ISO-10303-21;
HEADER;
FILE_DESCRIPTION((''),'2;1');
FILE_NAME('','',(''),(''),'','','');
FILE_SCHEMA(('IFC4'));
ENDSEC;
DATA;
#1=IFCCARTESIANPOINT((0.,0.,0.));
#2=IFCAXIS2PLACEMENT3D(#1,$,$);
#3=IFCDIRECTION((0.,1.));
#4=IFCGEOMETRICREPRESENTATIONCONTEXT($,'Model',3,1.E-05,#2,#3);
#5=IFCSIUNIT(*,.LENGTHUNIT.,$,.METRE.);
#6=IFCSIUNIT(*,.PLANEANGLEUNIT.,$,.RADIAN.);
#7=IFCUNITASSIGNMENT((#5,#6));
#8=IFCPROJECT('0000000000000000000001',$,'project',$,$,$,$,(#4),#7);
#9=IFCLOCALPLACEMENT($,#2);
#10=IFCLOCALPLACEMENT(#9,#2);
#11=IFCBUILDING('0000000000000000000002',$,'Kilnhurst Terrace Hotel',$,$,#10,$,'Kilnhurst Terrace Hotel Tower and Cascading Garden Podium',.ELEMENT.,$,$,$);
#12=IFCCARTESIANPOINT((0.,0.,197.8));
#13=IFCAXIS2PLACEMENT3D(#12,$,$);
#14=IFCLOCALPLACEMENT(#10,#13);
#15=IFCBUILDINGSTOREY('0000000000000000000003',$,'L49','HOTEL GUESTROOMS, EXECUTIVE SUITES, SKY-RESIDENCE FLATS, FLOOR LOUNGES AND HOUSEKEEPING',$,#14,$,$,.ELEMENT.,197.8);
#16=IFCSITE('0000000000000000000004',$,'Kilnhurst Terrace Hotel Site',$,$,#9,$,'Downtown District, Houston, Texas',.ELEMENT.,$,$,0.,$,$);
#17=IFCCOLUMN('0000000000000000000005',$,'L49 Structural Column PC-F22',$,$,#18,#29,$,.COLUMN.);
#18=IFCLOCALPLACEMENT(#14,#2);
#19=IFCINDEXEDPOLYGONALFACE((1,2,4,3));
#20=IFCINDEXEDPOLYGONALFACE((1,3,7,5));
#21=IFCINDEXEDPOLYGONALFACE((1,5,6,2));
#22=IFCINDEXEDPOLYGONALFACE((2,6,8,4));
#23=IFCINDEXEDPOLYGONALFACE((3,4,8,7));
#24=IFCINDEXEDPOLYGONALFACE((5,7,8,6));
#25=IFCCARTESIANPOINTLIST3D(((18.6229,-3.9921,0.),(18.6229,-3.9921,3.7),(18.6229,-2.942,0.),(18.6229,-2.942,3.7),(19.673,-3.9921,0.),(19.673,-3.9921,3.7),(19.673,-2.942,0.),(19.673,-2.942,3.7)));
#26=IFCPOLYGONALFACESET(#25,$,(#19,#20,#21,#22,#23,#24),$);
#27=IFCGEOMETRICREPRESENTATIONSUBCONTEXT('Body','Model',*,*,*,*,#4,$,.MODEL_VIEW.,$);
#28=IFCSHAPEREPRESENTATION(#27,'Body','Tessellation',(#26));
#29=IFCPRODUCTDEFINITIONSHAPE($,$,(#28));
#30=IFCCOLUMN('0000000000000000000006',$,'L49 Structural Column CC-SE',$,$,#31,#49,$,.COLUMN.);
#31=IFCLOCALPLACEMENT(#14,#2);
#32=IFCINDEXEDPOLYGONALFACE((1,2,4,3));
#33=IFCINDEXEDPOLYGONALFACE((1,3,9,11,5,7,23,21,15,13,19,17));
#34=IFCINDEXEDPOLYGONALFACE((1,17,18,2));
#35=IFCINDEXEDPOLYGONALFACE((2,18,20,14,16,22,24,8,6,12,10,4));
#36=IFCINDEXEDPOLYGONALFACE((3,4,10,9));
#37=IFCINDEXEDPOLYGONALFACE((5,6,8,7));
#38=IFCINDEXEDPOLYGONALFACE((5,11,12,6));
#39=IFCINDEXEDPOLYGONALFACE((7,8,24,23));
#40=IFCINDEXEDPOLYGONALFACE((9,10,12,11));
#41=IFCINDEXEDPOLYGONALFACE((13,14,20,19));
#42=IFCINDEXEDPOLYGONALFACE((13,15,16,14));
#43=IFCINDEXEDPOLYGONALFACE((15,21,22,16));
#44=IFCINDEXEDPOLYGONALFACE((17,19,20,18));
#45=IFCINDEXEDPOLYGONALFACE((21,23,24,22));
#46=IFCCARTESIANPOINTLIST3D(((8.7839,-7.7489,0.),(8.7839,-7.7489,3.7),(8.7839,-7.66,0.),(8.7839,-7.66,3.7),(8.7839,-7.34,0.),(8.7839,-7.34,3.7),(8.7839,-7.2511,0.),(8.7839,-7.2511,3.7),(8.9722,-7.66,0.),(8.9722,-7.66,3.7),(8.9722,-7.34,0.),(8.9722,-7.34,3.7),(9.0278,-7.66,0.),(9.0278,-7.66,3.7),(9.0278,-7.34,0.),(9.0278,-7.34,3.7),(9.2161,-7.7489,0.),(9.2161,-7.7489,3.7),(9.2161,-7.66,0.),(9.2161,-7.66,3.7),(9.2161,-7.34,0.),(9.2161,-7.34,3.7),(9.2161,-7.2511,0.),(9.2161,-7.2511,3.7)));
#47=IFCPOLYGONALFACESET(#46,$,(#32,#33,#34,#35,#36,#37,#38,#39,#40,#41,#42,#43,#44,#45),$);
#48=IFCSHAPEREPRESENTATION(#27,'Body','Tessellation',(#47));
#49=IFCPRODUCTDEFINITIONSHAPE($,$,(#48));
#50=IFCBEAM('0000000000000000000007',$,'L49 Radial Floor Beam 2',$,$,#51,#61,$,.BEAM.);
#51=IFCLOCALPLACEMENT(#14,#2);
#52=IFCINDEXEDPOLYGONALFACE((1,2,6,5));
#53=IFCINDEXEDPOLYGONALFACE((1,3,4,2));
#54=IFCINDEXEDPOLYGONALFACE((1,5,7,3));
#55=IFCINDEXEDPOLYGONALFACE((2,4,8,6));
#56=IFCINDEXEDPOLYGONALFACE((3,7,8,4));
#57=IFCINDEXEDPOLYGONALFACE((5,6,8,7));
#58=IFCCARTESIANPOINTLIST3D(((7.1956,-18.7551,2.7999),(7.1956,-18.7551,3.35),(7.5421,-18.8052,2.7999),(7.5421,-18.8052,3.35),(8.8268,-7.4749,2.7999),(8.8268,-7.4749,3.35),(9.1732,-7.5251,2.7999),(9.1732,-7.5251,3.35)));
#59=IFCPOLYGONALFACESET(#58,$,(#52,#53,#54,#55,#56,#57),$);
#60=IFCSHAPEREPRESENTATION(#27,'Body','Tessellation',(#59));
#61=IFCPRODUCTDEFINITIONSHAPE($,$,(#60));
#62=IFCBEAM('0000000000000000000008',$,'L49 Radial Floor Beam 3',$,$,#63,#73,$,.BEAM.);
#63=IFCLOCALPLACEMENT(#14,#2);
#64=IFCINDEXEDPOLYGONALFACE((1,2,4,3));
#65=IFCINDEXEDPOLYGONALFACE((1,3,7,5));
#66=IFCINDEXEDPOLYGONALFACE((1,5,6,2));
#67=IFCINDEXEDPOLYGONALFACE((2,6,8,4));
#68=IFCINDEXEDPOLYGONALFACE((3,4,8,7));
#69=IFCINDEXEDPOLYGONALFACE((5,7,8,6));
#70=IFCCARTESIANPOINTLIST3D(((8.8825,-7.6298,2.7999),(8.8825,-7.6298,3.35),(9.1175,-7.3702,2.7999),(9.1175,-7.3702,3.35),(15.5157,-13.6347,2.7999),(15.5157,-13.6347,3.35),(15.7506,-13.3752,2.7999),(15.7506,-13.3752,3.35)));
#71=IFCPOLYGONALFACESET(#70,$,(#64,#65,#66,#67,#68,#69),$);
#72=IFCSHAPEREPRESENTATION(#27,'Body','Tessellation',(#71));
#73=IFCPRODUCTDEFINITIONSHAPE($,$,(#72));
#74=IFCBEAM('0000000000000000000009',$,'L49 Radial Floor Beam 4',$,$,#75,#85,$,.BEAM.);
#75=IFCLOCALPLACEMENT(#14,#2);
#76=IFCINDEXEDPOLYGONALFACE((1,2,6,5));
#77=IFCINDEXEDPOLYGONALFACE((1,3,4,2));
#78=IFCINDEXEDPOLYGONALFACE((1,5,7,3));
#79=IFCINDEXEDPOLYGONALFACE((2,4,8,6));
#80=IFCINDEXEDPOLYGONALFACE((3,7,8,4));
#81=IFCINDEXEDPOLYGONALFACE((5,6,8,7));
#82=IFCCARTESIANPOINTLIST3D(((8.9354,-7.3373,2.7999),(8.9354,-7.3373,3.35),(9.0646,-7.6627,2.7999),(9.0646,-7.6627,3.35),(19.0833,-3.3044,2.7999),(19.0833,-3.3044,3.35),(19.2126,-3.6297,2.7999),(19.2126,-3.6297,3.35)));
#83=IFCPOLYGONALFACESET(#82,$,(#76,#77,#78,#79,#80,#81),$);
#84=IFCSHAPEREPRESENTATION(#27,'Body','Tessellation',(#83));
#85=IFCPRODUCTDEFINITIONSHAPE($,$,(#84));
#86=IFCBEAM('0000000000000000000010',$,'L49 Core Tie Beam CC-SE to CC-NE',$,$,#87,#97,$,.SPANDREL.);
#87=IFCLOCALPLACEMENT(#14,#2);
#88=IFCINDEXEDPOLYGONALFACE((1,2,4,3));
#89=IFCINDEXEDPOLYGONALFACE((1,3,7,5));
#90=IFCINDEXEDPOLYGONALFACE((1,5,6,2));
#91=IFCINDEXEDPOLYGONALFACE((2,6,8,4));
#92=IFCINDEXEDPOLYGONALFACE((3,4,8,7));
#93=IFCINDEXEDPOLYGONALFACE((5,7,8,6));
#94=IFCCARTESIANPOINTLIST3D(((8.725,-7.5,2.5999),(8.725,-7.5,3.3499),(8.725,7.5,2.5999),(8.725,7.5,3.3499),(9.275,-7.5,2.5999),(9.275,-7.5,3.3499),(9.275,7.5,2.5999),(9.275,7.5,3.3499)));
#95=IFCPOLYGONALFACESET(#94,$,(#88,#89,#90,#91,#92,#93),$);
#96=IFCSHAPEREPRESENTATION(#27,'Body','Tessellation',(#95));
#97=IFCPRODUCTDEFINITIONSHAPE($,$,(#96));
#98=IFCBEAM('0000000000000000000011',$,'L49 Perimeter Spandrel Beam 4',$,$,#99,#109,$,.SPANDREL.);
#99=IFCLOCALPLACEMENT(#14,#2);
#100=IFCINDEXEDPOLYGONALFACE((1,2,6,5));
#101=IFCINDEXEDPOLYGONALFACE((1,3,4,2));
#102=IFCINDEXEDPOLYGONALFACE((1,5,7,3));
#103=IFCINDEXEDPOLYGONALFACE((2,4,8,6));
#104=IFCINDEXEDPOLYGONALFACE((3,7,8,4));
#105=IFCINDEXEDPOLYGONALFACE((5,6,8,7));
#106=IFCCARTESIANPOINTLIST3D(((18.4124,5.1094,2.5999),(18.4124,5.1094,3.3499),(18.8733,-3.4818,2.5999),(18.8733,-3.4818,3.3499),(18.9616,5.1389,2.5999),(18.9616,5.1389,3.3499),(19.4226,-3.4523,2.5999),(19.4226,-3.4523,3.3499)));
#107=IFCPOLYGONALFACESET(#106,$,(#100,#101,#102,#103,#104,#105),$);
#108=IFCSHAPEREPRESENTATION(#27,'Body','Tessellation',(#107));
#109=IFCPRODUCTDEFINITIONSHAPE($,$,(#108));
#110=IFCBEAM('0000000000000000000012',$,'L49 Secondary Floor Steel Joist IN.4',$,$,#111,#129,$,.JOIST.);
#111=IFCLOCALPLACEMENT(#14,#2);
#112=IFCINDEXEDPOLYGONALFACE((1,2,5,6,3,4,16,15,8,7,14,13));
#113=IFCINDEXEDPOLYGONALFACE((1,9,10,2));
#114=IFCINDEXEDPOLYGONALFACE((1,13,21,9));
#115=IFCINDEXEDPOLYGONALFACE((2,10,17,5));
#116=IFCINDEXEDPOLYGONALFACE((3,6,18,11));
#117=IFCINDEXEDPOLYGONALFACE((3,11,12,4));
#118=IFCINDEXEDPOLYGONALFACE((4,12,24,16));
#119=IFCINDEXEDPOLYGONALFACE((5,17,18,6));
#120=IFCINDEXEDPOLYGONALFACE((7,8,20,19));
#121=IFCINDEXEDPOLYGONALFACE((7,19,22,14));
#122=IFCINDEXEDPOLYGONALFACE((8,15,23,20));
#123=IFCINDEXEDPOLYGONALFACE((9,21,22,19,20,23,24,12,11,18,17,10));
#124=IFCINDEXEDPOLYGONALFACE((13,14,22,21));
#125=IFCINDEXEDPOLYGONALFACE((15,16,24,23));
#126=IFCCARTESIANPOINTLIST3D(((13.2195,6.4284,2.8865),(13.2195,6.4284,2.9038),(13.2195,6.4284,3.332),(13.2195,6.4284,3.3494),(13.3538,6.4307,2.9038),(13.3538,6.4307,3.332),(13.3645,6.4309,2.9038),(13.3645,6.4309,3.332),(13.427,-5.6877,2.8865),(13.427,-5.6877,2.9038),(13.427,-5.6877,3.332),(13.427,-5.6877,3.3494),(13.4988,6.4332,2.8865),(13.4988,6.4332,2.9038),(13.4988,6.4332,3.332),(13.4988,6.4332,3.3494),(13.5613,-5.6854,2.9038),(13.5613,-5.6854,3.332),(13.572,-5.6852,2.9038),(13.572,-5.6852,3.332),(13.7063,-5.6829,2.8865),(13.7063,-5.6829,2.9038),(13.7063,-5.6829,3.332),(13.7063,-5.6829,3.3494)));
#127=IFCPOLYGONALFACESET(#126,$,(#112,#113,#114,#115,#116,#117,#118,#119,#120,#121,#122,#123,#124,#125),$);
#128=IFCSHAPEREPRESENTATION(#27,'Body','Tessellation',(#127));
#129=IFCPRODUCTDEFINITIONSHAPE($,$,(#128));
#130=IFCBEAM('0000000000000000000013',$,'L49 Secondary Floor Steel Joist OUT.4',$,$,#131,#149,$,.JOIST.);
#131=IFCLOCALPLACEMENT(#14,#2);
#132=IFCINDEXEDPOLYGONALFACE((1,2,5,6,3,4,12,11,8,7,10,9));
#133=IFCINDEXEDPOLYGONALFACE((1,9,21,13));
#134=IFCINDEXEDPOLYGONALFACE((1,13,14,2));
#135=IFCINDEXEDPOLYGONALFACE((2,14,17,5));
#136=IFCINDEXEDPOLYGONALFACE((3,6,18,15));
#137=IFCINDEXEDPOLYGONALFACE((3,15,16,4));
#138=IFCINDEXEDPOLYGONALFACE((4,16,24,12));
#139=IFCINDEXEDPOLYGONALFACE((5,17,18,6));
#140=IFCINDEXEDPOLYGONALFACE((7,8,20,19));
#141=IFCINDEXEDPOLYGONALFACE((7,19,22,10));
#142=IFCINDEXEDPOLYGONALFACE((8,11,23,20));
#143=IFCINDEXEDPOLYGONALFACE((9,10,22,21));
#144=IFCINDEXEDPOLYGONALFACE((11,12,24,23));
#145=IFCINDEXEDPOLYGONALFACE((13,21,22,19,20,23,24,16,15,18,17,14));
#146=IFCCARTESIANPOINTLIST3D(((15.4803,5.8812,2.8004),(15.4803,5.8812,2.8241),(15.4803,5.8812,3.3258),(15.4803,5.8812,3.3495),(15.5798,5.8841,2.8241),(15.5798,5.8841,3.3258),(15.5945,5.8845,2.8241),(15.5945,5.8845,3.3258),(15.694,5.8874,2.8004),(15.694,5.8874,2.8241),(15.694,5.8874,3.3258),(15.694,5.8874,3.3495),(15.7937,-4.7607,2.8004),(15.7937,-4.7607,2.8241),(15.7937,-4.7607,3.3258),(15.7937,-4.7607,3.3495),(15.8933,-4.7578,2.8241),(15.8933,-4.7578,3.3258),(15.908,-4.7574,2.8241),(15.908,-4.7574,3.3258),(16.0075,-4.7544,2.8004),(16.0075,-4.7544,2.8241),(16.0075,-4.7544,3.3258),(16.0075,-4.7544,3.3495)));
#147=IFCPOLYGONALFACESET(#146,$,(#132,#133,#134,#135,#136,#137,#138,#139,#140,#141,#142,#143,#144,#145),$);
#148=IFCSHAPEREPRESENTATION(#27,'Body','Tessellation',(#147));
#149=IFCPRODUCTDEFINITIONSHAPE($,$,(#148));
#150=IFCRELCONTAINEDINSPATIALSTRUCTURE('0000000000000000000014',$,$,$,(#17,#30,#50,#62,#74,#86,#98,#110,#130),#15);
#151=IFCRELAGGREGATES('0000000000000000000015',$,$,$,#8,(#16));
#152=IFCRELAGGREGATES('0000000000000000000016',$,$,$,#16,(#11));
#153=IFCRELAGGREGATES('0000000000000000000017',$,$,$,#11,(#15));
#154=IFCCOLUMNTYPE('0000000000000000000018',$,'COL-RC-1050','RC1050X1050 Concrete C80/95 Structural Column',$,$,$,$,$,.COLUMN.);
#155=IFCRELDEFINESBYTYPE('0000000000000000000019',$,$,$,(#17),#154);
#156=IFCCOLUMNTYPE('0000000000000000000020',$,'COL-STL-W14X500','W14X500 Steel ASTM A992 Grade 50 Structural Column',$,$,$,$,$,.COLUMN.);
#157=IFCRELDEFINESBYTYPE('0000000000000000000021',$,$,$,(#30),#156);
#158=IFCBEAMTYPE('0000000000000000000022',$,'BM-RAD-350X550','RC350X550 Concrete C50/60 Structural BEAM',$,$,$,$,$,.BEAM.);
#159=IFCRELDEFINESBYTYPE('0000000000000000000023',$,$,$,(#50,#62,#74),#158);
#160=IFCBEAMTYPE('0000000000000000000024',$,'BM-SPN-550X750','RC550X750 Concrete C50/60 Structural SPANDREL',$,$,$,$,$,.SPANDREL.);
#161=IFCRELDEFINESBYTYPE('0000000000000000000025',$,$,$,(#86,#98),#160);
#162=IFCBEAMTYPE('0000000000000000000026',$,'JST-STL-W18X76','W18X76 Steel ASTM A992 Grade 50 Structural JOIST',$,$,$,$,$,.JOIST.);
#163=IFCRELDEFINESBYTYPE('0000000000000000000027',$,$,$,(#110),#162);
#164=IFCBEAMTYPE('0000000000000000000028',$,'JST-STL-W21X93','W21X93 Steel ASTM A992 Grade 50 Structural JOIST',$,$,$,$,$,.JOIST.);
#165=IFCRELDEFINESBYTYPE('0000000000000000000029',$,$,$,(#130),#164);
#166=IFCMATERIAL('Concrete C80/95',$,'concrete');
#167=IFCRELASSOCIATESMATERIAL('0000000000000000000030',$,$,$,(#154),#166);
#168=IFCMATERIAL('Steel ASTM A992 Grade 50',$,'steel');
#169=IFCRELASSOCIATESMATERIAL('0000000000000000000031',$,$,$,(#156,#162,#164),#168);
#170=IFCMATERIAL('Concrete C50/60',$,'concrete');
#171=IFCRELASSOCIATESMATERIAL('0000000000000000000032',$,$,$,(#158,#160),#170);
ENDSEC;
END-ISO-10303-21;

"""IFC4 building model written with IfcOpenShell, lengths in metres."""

from ifc_helpers import new_model, si_unit, direction, frame, origin, origin_2d, place, context, subcontext, project, spatial, rectangle, i_section, extrude, material, material_profile, profile_set, type_object, element, save


model = new_model("IFC4")

# Units and contexts
model_context = context("Model", 3, precision=1e-05, world=origin(), true_north=direction((0.0, 1.0)))
body_context = subcontext(model_context, "Body", "Model", "MODEL_VIEW")
ifc_project = project(units=[si_unit("LENGTHUNIT", "METRE"), si_unit("PLANEANGLEUNIT", "RADIAN")], contexts=[model_context])

# Site, building, storey
site_placement = place(None, origin())
site = spatial("IfcSite", under=ifc_project, at=site_placement, Name="Kilnhurst Terrace Hotel Site", LongName="Downtown District, Houston, Texas", CompositionType="ELEMENT", RefElevation=0.0)
building_placement = place(site_placement, origin())
building = spatial("IfcBuilding", under=site, at=building_placement, Name="Kilnhurst Terrace Hotel", LongName="Kilnhurst Terrace Hotel Tower and Cascading Garden Podium", CompositionType="ELEMENT")
storey_placement = place(building_placement, frame((0.0, 0.0, 197.8)))
storey = spatial("IfcBuildingStorey", under=building, at=storey_placement, Name="L49", Description="HOTEL GUESTROOMS, EXECUTIVE SUITES, SKY-RESIDENCE FLATS, FLOOR LOUNGES AND HOUSEKEEPING", CompositionType="ELEMENT", Elevation=197.8)

# Columns
ifc_material_1 = material(Name="Concrete C80/95", Category="concrete")
ifc_material_profile_1 = material_profile(ifc_material_1, rectangle(XDim=1.05, YDim=1.05, at=origin_2d()), Name="RC1050X1050")
ifc_profile_set_1 = profile_set([ifc_material_profile_1], Name="Concrete C80/95")
column_type_1 = type_object("IfcColumnType", Name="COL-RC-1050", Description="RC1050X1050 Concrete C80/95 Structural Column", PredefinedType="COLUMN", material=ifc_profile_set_1)
column_1_placement = place(storey_placement, frame((19.1479, -3.467, 0.0), z_axis=(0.0, 0.0, 1.0), x_axis=(1.0, 0.0, 0.0)))
element("IfcColumn", 1, at=column_1_placement, inside=storey, type_object=column_type_1, Name="L49 Structural Column PC-F22", PredefinedType="COLUMN", context=body_context, shape_type="SweptSolid", body=[
    extrude(rectangle(XDim=1.05, YDim=1.05, at=origin_2d()), origin(), (0.0, 0.0, 1.0), 3.7),
])
ifc_material_2 = material(Name="Steel ASTM A992 Grade 50", Category="steel")
ifc_material_profile_2 = material_profile(ifc_material_2, i_section(OverallWidth=0.4321, OverallDepth=0.4978, WebThickness=0.0557, FlangeThickness=0.0889, at=origin_2d()), Name="W14X500")
ifc_profile_set_2 = profile_set([ifc_material_profile_2], Name="Steel ASTM A992 Grade 50")
column_type_2 = type_object("IfcColumnType", Name="COL-STL-W14X500", Description="W14X500 Steel ASTM A992 Grade 50 Structural Column", PredefinedType="COLUMN", material=ifc_profile_set_2)
column_2_placement = place(storey_placement, frame((9.0, -7.5, 0.0), z_axis=(0.0, 0.0, 1.0), x_axis=(1.0, 0.0, 0.0)))
element("IfcColumn", 2, at=column_2_placement, inside=storey, type_object=column_type_2, Name="L49 Structural Column CC-SE", PredefinedType="COLUMN", context=body_context, shape_type="SweptSolid", body=[
    extrude(i_section(OverallWidth=0.4321, OverallDepth=0.4978, WebThickness=0.0557, FlangeThickness=0.0889, at=origin_2d()), origin(), (0.0, 0.0, 1.0), 3.7),
])

# Beams
ifc_material_3 = material(Name="Concrete C50/60", Category="concrete")
ifc_material_profile_3 = material_profile(ifc_material_3, rectangle(XDim=0.3501, YDim=0.55, at=origin_2d()), Name="RC350X550")
ifc_profile_set_3 = profile_set([ifc_material_profile_3], Name="Concrete C50/60")
beam_type_1 = type_object("IfcBeamType", Name="BM-RAD-350X550", Description="RC350X550 Concrete C50/60 Structural BEAM", PredefinedType="BEAM", material=ifc_profile_set_3)
beam_1_placement = place(storey_placement, frame((9.0, -7.5, 3.075), z_axis=(-0.143113, -0.989706, 0.0), x_axis=(0.989706, -0.143113, 0.0)))
element("IfcBeam", 3, at=beam_1_placement, inside=storey, type_object=beam_type_1, Name="L49 Radial Floor Beam 2", PredefinedType="BEAM", context=body_context, shape_type="SweptSolid", body=[
    extrude(rectangle(XDim=0.3501, YDim=0.55, at=origin_2d()), origin(), (0.0, 0.0, 1.0), 11.3975),
])
beam_2_placement = place(storey_placement, frame((9.0, -7.5, 3.075), z_axis=(0.741339, -0.671131, 0.0), x_axis=(0.671131, 0.741339, 0.0)))
element("IfcBeam", 4, at=beam_2_placement, inside=storey, type_object=beam_type_1, Name="L49 Radial Floor Beam 3", PredefinedType="BEAM", context=body_context, shape_type="SweptSolid", body=[
    extrude(rectangle(XDim=0.3501, YDim=0.55, at=origin_2d()), origin(), (0.0, 0.0, 1.0), 8.9475),
])
beam_3_placement = place(storey_placement, frame((9.0, -7.5, 3.075), z_axis=(0.929302, 0.36932, 0.0), x_axis=(-0.36932, 0.929302, 0.0)))
element("IfcBeam", 5, at=beam_3_placement, inside=storey, type_object=beam_type_1, Name="L49 Radial Floor Beam 4", PredefinedType="BEAM", context=body_context, shape_type="SweptSolid", body=[
    extrude(rectangle(XDim=0.3501, YDim=0.55, at=origin_2d()), origin(), (0.0, 0.0, 1.0), 10.9199),
])
ifc_material_profile_4 = material_profile(ifc_material_3, rectangle(XDim=0.55, YDim=0.75, at=origin_2d()), Name="RC550X750")
ifc_profile_set_4 = profile_set([ifc_material_profile_4], Name="Concrete C50/60")
beam_type_2 = type_object("IfcBeamType", Name="BM-SPN-550X750", Description="RC550X750 Concrete C50/60 Structural SPANDREL", PredefinedType="SPANDREL", material=ifc_profile_set_4)
beam_4_placement = place(storey_placement, frame((9.0, -7.5, 2.9749), z_axis=(0.0, 1.0, 0.0), x_axis=(-1.0, 0.0, 0.0)))
element("IfcBeam", 6, at=beam_4_placement, inside=storey, type_object=beam_type_2, Name="L49 Core Tie Beam CC-SE to CC-NE", PredefinedType="SPANDREL", context=body_context, shape_type="SweptSolid", body=[
    extrude(rectangle(XDim=0.55, YDim=0.75, at=origin_2d()), origin(), (0.0, 0.0, 1.0), 15.0),
])
beam_5_placement = place(storey_placement, frame((19.1479, -3.467, 2.9749), z_axis=(-0.053576, 0.998564, 0.0), x_axis=(-0.998564, -0.053576, 0.0)))
element("IfcBeam", 7, at=beam_5_placement, inside=storey, type_object=beam_type_2, Name="L49 Perimeter Spandrel Beam 4", PredefinedType="SPANDREL", context=body_context, shape_type="SweptSolid", body=[
    extrude(rectangle(XDim=0.55, YDim=0.75, at=origin_2d()), origin(), (0.0, 0.0, 1.0), 8.6035),
])
ifc_material_profile_5 = material_profile(ifc_material_2, i_section(OverallWidth=0.2793, OverallDepth=0.4629, WebThickness=0.0107, FlangeThickness=0.0173, at=origin_2d()), Name="W18X76")
ifc_profile_set_5 = profile_set([ifc_material_profile_5], Name="Steel ASTM A992 Grade 50")
beam_type_3 = type_object("IfcBeamType", Name="JST-STL-W18X76", Description="W18X76 Steel ASTM A992 Grade 50 Structural JOIST", PredefinedType="JOIST", material=ifc_profile_set_5)
beam_6_placement = place(storey_placement, frame((13.5667, -5.6853, 3.1179), z_axis=(-0.017125, 0.999853, 0.0), x_axis=(-0.999853, -0.017125, 0.0)))
element("IfcBeam", 8, at=beam_6_placement, inside=storey, type_object=beam_type_3, Name="L49 Secondary Floor Steel Joist IN.4", PredefinedType="JOIST", context=body_context, shape_type="SweptSolid", body=[
    extrude(i_section(OverallWidth=0.2793, OverallDepth=0.4629, WebThickness=0.0107, FlangeThickness=0.0173, at=origin_2d()), origin(), (0.0, 0.0, 1.0), 12.1179),
])
ifc_material_profile_6 = material_profile(ifc_material_2, i_section(OverallWidth=0.2139, OverallDepth=0.5491, WebThickness=0.0146, FlangeThickness=0.0237, at=origin_2d()), Name="W21X93")
ifc_profile_set_6 = profile_set([ifc_material_profile_6], Name="Steel ASTM A992 Grade 50")
beam_type_4 = type_object("IfcBeamType", Name="JST-STL-W21X93", Description="W21X93 Steel ASTM A992 Grade 50 Structural JOIST", PredefinedType="JOIST", material=ifc_profile_set_6)
beam_7_placement = place(storey_placement, frame((15.9006, -4.7576, 3.075), z_axis=(-0.029444, 0.999566, 0.0), x_axis=(-0.999566, -0.029444, 0.0)))
element("IfcBeam", 9, at=beam_7_placement, inside=storey, type_object=beam_type_4, Name="L49 Secondary Floor Steel Joist OUT.4", PredefinedType="JOIST", context=body_context, shape_type="SweptSolid", body=[
    extrude(i_section(OverallWidth=0.2139, OverallDepth=0.5491, WebThickness=0.0146, FlangeThickness=0.0237, at=origin_2d()), origin(), (0.0, 0.0, 1.0), 10.6465),
])

save(model, "model.ifc")
